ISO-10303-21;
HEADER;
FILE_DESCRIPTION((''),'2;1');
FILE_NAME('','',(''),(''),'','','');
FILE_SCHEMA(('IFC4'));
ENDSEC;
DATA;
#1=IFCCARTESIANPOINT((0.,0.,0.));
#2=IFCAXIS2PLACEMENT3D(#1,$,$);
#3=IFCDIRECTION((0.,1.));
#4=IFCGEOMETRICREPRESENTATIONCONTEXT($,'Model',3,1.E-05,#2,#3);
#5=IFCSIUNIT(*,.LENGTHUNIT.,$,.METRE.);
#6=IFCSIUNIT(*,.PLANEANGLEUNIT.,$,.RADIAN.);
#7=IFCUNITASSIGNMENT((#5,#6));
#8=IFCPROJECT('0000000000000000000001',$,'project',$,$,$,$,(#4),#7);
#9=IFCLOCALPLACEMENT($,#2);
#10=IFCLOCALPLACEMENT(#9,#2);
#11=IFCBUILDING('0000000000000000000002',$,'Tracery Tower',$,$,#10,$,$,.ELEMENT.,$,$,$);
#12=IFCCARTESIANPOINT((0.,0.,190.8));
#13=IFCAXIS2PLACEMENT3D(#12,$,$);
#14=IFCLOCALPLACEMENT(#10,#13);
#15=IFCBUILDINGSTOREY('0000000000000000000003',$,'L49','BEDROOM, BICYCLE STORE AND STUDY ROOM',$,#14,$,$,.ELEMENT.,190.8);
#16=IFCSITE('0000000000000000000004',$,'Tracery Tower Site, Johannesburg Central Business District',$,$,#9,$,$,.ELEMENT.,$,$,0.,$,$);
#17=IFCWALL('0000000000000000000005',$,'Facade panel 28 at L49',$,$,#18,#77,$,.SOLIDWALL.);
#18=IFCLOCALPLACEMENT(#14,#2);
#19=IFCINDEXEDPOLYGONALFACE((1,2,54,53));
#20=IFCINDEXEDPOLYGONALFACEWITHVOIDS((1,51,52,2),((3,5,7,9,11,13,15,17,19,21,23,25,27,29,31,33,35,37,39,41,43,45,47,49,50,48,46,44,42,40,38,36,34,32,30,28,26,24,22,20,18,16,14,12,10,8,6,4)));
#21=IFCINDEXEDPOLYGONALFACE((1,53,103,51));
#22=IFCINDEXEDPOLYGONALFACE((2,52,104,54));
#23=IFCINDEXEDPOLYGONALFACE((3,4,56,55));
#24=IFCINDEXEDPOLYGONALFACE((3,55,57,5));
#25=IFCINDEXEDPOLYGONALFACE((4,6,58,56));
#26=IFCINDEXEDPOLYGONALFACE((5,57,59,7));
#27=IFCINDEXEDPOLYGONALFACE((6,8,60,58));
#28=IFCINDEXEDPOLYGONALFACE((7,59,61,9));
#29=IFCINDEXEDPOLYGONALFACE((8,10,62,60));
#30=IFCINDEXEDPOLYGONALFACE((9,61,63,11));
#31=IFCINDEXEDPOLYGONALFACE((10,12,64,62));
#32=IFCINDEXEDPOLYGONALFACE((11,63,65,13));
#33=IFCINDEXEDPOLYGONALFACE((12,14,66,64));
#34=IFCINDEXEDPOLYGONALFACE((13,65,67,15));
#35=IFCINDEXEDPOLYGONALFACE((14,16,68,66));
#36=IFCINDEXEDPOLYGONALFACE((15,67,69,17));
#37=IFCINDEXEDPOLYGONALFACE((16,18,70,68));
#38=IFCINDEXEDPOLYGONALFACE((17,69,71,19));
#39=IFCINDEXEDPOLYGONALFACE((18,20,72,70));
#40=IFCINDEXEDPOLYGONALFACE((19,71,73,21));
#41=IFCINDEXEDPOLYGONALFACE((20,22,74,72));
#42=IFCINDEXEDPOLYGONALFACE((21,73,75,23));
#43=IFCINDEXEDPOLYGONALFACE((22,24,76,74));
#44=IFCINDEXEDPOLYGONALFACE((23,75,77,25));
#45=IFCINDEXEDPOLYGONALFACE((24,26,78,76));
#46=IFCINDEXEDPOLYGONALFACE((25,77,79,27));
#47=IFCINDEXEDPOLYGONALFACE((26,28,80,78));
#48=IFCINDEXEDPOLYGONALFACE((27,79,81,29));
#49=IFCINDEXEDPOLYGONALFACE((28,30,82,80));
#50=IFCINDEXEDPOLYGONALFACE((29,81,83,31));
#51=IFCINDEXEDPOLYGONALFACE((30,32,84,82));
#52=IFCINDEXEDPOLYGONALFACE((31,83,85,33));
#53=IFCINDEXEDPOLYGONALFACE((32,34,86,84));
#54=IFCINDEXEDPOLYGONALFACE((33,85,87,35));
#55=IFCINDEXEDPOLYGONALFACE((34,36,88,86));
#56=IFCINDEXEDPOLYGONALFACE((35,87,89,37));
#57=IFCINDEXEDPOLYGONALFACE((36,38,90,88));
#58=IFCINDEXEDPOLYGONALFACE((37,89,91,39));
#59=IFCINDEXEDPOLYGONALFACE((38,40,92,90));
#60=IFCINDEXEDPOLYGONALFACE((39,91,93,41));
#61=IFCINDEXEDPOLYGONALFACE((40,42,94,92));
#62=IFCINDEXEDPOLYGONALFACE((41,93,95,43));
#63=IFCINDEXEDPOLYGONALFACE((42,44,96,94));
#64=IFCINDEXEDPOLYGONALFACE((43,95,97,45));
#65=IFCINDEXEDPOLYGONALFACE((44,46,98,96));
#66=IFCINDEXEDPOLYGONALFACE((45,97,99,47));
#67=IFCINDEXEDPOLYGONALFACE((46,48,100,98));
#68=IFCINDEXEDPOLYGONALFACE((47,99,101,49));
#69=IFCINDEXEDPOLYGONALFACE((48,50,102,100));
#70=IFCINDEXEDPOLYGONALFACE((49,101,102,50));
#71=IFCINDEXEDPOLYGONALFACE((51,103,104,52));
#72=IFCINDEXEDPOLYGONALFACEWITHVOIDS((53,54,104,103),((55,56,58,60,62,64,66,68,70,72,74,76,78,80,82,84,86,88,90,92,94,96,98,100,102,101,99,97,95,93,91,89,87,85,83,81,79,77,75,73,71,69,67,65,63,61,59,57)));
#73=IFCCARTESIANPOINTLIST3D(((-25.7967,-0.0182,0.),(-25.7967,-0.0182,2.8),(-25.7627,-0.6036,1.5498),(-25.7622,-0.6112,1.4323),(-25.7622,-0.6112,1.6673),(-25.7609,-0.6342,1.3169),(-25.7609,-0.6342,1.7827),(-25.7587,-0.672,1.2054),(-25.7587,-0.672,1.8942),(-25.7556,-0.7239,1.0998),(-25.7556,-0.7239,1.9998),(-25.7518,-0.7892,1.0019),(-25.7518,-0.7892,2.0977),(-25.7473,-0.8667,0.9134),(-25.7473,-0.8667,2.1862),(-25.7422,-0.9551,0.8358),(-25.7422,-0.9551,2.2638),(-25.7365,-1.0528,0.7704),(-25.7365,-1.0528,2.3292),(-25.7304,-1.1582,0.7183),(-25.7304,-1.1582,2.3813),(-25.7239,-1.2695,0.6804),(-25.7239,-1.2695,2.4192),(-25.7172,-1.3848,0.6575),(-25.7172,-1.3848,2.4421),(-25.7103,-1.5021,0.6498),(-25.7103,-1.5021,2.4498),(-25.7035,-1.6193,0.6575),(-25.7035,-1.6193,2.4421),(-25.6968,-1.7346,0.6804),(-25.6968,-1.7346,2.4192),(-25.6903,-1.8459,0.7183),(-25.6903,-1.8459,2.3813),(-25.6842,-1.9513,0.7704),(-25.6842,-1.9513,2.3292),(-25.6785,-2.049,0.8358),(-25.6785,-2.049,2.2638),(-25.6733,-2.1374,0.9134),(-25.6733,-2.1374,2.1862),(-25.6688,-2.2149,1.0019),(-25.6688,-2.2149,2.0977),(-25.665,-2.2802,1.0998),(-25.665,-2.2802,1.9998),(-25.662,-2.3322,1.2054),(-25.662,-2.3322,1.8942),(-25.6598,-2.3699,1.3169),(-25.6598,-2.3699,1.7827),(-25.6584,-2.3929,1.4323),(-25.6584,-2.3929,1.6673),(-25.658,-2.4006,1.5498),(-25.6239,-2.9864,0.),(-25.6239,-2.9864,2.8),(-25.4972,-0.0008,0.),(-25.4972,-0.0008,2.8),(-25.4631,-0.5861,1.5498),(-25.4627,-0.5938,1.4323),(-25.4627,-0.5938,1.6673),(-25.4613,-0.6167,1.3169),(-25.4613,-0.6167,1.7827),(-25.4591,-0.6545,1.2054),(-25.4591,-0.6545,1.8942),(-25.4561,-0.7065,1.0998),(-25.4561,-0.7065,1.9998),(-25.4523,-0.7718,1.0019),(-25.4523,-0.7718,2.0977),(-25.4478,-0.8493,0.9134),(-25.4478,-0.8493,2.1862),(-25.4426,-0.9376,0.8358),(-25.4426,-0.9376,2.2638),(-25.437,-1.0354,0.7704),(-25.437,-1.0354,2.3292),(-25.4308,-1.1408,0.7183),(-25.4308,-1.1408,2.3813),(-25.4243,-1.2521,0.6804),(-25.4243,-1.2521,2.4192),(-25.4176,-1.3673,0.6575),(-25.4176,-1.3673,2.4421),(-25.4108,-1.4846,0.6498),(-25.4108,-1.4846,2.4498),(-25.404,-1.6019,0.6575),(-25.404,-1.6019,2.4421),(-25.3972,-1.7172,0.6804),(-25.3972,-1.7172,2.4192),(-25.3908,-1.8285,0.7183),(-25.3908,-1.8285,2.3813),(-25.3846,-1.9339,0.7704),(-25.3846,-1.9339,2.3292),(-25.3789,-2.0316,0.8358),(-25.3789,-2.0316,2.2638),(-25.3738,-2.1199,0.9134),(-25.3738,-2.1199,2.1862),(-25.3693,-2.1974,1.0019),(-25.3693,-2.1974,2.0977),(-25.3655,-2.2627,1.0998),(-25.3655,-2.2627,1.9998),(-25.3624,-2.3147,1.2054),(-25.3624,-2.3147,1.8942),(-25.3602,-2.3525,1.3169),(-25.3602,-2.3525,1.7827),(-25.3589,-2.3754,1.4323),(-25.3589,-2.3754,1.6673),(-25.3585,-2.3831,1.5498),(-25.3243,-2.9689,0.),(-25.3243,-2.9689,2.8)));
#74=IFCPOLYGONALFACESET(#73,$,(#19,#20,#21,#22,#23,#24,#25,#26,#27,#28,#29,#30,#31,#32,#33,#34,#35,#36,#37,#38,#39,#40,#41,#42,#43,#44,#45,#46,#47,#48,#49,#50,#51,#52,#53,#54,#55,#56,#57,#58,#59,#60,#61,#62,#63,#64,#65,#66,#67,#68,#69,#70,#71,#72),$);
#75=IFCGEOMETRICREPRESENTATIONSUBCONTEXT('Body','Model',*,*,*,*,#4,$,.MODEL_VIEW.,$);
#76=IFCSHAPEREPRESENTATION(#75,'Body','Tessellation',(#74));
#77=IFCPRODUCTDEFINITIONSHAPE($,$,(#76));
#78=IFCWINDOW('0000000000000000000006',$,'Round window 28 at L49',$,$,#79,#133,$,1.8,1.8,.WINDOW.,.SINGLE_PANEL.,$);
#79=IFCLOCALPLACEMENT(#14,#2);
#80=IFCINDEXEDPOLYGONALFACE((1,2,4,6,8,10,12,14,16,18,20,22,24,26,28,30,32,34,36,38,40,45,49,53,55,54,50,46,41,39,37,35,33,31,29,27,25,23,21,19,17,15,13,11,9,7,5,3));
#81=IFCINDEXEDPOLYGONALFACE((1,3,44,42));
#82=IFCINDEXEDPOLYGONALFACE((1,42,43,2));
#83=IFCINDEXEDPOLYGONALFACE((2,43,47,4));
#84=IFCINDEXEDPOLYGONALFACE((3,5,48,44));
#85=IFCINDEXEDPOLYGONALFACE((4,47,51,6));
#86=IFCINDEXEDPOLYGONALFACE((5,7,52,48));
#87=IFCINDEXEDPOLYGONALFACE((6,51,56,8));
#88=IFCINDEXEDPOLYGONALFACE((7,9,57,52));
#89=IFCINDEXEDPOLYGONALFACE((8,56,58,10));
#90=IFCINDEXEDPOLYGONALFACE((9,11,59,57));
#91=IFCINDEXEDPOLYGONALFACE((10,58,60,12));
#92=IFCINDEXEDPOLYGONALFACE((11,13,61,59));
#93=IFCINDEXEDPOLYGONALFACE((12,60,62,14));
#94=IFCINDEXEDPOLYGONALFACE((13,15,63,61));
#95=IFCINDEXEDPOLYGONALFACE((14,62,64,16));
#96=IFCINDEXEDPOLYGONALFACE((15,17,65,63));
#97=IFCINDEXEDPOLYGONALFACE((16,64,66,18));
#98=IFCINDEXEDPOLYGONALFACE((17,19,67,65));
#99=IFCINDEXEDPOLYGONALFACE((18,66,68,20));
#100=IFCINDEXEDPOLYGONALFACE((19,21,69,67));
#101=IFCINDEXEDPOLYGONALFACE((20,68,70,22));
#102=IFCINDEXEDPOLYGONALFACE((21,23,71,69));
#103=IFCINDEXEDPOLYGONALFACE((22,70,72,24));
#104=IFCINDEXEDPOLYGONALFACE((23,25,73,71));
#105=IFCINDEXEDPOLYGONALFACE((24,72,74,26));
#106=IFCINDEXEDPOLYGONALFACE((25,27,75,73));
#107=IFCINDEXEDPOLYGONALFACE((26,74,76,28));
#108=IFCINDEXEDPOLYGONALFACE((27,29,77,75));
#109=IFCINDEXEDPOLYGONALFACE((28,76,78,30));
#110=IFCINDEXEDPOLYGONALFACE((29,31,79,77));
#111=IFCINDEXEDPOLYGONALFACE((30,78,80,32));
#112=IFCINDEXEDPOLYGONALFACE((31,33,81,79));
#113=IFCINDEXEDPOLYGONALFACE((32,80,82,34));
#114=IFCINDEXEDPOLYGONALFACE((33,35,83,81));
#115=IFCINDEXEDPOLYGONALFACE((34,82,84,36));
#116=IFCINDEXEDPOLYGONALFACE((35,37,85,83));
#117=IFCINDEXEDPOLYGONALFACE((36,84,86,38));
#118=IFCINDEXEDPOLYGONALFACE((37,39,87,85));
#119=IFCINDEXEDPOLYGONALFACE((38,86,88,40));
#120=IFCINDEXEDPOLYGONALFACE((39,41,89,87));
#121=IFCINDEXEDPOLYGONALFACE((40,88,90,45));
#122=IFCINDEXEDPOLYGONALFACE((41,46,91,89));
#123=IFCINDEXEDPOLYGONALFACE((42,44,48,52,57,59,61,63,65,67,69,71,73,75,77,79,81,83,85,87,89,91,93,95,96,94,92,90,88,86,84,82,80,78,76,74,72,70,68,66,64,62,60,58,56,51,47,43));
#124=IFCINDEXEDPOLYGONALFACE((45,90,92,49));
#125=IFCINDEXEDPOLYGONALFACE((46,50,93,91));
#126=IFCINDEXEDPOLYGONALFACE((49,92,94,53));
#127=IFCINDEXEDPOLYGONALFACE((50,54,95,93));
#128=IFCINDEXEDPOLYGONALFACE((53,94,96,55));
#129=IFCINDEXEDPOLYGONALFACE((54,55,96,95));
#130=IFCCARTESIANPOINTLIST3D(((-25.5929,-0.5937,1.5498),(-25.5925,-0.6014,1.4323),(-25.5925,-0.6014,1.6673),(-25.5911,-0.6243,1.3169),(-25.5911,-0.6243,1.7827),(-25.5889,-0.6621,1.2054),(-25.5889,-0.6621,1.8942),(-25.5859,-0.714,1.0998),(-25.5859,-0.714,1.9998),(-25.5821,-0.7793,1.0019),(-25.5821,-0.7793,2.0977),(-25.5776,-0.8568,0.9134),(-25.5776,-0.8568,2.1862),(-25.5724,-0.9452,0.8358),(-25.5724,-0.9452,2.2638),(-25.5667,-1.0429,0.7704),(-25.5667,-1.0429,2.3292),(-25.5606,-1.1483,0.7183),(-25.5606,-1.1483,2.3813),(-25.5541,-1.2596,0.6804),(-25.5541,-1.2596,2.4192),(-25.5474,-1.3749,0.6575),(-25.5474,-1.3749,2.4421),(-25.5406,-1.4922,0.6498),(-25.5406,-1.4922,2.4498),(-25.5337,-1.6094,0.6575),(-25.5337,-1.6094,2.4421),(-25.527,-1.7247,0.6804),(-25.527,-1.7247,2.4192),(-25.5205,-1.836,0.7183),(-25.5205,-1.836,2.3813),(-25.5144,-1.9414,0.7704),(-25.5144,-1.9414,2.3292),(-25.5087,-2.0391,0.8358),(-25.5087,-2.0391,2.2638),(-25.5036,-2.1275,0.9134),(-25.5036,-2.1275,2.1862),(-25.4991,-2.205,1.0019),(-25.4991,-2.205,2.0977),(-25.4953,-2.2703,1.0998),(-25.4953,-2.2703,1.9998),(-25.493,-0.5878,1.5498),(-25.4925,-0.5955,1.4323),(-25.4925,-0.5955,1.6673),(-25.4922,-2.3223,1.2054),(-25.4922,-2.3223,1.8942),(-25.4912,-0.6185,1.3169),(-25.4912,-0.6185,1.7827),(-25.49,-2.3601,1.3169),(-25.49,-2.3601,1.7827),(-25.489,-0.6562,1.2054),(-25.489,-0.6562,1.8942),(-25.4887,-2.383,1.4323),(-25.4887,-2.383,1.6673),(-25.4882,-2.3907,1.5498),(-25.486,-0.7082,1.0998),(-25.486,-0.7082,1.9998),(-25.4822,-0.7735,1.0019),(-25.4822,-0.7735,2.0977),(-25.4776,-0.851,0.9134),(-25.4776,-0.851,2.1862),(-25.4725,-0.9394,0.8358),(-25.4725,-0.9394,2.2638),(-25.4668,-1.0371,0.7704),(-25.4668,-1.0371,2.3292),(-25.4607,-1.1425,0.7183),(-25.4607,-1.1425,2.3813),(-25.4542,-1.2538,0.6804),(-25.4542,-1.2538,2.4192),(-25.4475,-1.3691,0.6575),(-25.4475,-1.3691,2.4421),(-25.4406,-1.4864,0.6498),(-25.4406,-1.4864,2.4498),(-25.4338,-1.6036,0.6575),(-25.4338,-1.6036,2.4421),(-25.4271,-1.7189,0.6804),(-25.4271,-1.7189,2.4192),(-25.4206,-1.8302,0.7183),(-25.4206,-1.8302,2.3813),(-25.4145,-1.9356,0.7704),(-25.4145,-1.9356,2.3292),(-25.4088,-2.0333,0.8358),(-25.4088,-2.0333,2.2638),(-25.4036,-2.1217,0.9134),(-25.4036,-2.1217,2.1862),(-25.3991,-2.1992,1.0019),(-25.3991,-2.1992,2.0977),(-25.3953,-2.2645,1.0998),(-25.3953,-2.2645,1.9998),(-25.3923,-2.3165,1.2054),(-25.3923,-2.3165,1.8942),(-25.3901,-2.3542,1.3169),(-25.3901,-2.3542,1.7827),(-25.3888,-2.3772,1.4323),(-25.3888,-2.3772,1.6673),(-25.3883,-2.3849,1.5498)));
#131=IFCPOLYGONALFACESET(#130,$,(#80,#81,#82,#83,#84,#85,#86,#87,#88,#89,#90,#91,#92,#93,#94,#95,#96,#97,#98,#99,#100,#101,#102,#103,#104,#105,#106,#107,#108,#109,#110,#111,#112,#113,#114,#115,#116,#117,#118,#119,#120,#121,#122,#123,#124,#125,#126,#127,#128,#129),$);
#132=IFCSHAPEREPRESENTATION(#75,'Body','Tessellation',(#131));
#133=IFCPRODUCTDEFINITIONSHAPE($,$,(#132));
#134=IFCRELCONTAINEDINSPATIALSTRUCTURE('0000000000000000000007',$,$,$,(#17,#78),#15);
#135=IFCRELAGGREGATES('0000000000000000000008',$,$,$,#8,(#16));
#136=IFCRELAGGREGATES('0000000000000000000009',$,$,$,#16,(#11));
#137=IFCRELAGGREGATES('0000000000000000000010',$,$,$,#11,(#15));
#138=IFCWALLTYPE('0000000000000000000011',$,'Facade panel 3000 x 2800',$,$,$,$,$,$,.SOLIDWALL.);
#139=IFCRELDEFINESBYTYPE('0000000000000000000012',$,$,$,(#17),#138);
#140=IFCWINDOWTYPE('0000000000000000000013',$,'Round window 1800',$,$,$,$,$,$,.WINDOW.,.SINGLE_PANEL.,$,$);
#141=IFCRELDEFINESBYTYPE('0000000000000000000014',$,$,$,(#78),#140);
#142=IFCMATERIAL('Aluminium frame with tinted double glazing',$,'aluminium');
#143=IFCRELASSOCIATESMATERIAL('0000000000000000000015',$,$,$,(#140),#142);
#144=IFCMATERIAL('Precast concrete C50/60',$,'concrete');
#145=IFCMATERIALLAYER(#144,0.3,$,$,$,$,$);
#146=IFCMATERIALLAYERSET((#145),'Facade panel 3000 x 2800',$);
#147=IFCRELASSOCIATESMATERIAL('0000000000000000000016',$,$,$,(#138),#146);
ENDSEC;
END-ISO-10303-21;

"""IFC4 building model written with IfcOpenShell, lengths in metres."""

from ifc_helpers import new_model, si_unit, direction, frame, frame_2d, origin, origin_2d, place, context, subcontext, project, spatial, rectangle, circle, extrude, material, layer, layer_set, type_object, element, fill, save


model = new_model("IFC4")

# Units and contexts
model_context = context("Model", 3, precision=1e-05, world=origin(), true_north=direction((0.0, 1.0)))
body_context = subcontext(model_context, "Body", "Model", "MODEL_VIEW")
ifc_project = project(units=[si_unit("LENGTHUNIT", "METRE"), si_unit("PLANEANGLEUNIT", "RADIAN")], contexts=[model_context])

# Site, building, storey
site_placement = place(None, origin())
site = spatial("IfcSite", under=ifc_project, at=site_placement, Name="Tracery Tower Site, Johannesburg Central Business District", CompositionType="ELEMENT", RefElevation=0.0)
building_placement = place(site_placement, origin())
building = spatial("IfcBuilding", under=site, at=building_placement, Name="Tracery Tower", CompositionType="ELEMENT")
storey_placement = place(building_placement, frame((0.0, 0.0, 190.8)))
storey = spatial("IfcBuildingStorey", under=building, at=storey_placement, Name="L49", Description="BEDROOM, BICYCLE STORE AND STUDY ROOM", CompositionType="ELEMENT", Elevation=190.8)

# Wall, opening, window
ifc_material_1 = material(Name="Aluminium frame with tinted double glazing", Category="aluminium")
window_type = type_object("IfcWindowType", Name="Round window 1800", PartitioningType="SINGLE_PANEL", PredefinedType="WINDOW", material=ifc_material_1)
ifc_material_2 = material(Name="Precast concrete C50/60", Category="concrete")
ifc_layer_1 = layer(ifc_material_2, 0.3)
ifc_layer_set_1 = layer_set([ifc_layer_1], Name="Facade panel 3000 x 2800")
wall_type_1 = type_object("IfcWallType", Name="Facade panel 3000 x 2800", PredefinedType="SOLIDWALL", material=ifc_layer_set_1)
wall_1_placement = place(storey_placement, frame((-25.647, -0.0095, 0.0), z_axis=(0.0, 0.0, 1.0), x_axis=(0.05814, -0.998308, 0.0)))
wall_1 = element("IfcWall", 1, at=wall_1_placement, inside=storey, type_object=wall_type_1, Name="Facade panel 28 at L49", PredefinedType="SOLIDWALL", context=body_context, shape_type="SweptSolid", body=[
    extrude(rectangle(XDim=2.9731, YDim=0.3, at=frame_2d((1.4866, 0.0))), origin(), (0.0, 0.0, 1.0), 2.8),
])
opening_1_placement = place(wall_1_placement, frame((1.4863, 0.0, 1.5498)))
opening_1 = element("IfcOpeningElement", 2, at=opening_1_placement, cuts=wall_1, PredefinedType="OPENING", context=body_context, shape_type="SweptSolid", body=[
    extrude(circle(Radius=0.9, at=origin_2d()), frame((0.0, 0.1599, 0.0), z_axis=(0.0, -1.0, 0.0), x_axis=(1.0, 0.0, 0.0)), (0.0, 0.0, 1.0), 0.3201),
])
window_1_placement = place(opening_1_placement, origin())
window_1 = element("IfcWindow", 3, at=window_1_placement, inside=storey, type_object=window_type, Name="Round window 28 at L49", OverallHeight=1.8, OverallWidth=1.8, PartitioningType="SINGLE_PANEL", PredefinedType="WINDOW", context=body_context, shape_type="SweptSolid", body=[
    extrude(circle(Radius=0.9, at=origin_2d()), frame((0.0, 0.1201, 0.0), z_axis=(0.0, -1.0, 0.0), x_axis=(1.0, 0.0, 0.0)), (0.0, 0.0, 1.0), 0.1001),
])
fill(opening_1, window_1)

save(model, "model.ifc")
